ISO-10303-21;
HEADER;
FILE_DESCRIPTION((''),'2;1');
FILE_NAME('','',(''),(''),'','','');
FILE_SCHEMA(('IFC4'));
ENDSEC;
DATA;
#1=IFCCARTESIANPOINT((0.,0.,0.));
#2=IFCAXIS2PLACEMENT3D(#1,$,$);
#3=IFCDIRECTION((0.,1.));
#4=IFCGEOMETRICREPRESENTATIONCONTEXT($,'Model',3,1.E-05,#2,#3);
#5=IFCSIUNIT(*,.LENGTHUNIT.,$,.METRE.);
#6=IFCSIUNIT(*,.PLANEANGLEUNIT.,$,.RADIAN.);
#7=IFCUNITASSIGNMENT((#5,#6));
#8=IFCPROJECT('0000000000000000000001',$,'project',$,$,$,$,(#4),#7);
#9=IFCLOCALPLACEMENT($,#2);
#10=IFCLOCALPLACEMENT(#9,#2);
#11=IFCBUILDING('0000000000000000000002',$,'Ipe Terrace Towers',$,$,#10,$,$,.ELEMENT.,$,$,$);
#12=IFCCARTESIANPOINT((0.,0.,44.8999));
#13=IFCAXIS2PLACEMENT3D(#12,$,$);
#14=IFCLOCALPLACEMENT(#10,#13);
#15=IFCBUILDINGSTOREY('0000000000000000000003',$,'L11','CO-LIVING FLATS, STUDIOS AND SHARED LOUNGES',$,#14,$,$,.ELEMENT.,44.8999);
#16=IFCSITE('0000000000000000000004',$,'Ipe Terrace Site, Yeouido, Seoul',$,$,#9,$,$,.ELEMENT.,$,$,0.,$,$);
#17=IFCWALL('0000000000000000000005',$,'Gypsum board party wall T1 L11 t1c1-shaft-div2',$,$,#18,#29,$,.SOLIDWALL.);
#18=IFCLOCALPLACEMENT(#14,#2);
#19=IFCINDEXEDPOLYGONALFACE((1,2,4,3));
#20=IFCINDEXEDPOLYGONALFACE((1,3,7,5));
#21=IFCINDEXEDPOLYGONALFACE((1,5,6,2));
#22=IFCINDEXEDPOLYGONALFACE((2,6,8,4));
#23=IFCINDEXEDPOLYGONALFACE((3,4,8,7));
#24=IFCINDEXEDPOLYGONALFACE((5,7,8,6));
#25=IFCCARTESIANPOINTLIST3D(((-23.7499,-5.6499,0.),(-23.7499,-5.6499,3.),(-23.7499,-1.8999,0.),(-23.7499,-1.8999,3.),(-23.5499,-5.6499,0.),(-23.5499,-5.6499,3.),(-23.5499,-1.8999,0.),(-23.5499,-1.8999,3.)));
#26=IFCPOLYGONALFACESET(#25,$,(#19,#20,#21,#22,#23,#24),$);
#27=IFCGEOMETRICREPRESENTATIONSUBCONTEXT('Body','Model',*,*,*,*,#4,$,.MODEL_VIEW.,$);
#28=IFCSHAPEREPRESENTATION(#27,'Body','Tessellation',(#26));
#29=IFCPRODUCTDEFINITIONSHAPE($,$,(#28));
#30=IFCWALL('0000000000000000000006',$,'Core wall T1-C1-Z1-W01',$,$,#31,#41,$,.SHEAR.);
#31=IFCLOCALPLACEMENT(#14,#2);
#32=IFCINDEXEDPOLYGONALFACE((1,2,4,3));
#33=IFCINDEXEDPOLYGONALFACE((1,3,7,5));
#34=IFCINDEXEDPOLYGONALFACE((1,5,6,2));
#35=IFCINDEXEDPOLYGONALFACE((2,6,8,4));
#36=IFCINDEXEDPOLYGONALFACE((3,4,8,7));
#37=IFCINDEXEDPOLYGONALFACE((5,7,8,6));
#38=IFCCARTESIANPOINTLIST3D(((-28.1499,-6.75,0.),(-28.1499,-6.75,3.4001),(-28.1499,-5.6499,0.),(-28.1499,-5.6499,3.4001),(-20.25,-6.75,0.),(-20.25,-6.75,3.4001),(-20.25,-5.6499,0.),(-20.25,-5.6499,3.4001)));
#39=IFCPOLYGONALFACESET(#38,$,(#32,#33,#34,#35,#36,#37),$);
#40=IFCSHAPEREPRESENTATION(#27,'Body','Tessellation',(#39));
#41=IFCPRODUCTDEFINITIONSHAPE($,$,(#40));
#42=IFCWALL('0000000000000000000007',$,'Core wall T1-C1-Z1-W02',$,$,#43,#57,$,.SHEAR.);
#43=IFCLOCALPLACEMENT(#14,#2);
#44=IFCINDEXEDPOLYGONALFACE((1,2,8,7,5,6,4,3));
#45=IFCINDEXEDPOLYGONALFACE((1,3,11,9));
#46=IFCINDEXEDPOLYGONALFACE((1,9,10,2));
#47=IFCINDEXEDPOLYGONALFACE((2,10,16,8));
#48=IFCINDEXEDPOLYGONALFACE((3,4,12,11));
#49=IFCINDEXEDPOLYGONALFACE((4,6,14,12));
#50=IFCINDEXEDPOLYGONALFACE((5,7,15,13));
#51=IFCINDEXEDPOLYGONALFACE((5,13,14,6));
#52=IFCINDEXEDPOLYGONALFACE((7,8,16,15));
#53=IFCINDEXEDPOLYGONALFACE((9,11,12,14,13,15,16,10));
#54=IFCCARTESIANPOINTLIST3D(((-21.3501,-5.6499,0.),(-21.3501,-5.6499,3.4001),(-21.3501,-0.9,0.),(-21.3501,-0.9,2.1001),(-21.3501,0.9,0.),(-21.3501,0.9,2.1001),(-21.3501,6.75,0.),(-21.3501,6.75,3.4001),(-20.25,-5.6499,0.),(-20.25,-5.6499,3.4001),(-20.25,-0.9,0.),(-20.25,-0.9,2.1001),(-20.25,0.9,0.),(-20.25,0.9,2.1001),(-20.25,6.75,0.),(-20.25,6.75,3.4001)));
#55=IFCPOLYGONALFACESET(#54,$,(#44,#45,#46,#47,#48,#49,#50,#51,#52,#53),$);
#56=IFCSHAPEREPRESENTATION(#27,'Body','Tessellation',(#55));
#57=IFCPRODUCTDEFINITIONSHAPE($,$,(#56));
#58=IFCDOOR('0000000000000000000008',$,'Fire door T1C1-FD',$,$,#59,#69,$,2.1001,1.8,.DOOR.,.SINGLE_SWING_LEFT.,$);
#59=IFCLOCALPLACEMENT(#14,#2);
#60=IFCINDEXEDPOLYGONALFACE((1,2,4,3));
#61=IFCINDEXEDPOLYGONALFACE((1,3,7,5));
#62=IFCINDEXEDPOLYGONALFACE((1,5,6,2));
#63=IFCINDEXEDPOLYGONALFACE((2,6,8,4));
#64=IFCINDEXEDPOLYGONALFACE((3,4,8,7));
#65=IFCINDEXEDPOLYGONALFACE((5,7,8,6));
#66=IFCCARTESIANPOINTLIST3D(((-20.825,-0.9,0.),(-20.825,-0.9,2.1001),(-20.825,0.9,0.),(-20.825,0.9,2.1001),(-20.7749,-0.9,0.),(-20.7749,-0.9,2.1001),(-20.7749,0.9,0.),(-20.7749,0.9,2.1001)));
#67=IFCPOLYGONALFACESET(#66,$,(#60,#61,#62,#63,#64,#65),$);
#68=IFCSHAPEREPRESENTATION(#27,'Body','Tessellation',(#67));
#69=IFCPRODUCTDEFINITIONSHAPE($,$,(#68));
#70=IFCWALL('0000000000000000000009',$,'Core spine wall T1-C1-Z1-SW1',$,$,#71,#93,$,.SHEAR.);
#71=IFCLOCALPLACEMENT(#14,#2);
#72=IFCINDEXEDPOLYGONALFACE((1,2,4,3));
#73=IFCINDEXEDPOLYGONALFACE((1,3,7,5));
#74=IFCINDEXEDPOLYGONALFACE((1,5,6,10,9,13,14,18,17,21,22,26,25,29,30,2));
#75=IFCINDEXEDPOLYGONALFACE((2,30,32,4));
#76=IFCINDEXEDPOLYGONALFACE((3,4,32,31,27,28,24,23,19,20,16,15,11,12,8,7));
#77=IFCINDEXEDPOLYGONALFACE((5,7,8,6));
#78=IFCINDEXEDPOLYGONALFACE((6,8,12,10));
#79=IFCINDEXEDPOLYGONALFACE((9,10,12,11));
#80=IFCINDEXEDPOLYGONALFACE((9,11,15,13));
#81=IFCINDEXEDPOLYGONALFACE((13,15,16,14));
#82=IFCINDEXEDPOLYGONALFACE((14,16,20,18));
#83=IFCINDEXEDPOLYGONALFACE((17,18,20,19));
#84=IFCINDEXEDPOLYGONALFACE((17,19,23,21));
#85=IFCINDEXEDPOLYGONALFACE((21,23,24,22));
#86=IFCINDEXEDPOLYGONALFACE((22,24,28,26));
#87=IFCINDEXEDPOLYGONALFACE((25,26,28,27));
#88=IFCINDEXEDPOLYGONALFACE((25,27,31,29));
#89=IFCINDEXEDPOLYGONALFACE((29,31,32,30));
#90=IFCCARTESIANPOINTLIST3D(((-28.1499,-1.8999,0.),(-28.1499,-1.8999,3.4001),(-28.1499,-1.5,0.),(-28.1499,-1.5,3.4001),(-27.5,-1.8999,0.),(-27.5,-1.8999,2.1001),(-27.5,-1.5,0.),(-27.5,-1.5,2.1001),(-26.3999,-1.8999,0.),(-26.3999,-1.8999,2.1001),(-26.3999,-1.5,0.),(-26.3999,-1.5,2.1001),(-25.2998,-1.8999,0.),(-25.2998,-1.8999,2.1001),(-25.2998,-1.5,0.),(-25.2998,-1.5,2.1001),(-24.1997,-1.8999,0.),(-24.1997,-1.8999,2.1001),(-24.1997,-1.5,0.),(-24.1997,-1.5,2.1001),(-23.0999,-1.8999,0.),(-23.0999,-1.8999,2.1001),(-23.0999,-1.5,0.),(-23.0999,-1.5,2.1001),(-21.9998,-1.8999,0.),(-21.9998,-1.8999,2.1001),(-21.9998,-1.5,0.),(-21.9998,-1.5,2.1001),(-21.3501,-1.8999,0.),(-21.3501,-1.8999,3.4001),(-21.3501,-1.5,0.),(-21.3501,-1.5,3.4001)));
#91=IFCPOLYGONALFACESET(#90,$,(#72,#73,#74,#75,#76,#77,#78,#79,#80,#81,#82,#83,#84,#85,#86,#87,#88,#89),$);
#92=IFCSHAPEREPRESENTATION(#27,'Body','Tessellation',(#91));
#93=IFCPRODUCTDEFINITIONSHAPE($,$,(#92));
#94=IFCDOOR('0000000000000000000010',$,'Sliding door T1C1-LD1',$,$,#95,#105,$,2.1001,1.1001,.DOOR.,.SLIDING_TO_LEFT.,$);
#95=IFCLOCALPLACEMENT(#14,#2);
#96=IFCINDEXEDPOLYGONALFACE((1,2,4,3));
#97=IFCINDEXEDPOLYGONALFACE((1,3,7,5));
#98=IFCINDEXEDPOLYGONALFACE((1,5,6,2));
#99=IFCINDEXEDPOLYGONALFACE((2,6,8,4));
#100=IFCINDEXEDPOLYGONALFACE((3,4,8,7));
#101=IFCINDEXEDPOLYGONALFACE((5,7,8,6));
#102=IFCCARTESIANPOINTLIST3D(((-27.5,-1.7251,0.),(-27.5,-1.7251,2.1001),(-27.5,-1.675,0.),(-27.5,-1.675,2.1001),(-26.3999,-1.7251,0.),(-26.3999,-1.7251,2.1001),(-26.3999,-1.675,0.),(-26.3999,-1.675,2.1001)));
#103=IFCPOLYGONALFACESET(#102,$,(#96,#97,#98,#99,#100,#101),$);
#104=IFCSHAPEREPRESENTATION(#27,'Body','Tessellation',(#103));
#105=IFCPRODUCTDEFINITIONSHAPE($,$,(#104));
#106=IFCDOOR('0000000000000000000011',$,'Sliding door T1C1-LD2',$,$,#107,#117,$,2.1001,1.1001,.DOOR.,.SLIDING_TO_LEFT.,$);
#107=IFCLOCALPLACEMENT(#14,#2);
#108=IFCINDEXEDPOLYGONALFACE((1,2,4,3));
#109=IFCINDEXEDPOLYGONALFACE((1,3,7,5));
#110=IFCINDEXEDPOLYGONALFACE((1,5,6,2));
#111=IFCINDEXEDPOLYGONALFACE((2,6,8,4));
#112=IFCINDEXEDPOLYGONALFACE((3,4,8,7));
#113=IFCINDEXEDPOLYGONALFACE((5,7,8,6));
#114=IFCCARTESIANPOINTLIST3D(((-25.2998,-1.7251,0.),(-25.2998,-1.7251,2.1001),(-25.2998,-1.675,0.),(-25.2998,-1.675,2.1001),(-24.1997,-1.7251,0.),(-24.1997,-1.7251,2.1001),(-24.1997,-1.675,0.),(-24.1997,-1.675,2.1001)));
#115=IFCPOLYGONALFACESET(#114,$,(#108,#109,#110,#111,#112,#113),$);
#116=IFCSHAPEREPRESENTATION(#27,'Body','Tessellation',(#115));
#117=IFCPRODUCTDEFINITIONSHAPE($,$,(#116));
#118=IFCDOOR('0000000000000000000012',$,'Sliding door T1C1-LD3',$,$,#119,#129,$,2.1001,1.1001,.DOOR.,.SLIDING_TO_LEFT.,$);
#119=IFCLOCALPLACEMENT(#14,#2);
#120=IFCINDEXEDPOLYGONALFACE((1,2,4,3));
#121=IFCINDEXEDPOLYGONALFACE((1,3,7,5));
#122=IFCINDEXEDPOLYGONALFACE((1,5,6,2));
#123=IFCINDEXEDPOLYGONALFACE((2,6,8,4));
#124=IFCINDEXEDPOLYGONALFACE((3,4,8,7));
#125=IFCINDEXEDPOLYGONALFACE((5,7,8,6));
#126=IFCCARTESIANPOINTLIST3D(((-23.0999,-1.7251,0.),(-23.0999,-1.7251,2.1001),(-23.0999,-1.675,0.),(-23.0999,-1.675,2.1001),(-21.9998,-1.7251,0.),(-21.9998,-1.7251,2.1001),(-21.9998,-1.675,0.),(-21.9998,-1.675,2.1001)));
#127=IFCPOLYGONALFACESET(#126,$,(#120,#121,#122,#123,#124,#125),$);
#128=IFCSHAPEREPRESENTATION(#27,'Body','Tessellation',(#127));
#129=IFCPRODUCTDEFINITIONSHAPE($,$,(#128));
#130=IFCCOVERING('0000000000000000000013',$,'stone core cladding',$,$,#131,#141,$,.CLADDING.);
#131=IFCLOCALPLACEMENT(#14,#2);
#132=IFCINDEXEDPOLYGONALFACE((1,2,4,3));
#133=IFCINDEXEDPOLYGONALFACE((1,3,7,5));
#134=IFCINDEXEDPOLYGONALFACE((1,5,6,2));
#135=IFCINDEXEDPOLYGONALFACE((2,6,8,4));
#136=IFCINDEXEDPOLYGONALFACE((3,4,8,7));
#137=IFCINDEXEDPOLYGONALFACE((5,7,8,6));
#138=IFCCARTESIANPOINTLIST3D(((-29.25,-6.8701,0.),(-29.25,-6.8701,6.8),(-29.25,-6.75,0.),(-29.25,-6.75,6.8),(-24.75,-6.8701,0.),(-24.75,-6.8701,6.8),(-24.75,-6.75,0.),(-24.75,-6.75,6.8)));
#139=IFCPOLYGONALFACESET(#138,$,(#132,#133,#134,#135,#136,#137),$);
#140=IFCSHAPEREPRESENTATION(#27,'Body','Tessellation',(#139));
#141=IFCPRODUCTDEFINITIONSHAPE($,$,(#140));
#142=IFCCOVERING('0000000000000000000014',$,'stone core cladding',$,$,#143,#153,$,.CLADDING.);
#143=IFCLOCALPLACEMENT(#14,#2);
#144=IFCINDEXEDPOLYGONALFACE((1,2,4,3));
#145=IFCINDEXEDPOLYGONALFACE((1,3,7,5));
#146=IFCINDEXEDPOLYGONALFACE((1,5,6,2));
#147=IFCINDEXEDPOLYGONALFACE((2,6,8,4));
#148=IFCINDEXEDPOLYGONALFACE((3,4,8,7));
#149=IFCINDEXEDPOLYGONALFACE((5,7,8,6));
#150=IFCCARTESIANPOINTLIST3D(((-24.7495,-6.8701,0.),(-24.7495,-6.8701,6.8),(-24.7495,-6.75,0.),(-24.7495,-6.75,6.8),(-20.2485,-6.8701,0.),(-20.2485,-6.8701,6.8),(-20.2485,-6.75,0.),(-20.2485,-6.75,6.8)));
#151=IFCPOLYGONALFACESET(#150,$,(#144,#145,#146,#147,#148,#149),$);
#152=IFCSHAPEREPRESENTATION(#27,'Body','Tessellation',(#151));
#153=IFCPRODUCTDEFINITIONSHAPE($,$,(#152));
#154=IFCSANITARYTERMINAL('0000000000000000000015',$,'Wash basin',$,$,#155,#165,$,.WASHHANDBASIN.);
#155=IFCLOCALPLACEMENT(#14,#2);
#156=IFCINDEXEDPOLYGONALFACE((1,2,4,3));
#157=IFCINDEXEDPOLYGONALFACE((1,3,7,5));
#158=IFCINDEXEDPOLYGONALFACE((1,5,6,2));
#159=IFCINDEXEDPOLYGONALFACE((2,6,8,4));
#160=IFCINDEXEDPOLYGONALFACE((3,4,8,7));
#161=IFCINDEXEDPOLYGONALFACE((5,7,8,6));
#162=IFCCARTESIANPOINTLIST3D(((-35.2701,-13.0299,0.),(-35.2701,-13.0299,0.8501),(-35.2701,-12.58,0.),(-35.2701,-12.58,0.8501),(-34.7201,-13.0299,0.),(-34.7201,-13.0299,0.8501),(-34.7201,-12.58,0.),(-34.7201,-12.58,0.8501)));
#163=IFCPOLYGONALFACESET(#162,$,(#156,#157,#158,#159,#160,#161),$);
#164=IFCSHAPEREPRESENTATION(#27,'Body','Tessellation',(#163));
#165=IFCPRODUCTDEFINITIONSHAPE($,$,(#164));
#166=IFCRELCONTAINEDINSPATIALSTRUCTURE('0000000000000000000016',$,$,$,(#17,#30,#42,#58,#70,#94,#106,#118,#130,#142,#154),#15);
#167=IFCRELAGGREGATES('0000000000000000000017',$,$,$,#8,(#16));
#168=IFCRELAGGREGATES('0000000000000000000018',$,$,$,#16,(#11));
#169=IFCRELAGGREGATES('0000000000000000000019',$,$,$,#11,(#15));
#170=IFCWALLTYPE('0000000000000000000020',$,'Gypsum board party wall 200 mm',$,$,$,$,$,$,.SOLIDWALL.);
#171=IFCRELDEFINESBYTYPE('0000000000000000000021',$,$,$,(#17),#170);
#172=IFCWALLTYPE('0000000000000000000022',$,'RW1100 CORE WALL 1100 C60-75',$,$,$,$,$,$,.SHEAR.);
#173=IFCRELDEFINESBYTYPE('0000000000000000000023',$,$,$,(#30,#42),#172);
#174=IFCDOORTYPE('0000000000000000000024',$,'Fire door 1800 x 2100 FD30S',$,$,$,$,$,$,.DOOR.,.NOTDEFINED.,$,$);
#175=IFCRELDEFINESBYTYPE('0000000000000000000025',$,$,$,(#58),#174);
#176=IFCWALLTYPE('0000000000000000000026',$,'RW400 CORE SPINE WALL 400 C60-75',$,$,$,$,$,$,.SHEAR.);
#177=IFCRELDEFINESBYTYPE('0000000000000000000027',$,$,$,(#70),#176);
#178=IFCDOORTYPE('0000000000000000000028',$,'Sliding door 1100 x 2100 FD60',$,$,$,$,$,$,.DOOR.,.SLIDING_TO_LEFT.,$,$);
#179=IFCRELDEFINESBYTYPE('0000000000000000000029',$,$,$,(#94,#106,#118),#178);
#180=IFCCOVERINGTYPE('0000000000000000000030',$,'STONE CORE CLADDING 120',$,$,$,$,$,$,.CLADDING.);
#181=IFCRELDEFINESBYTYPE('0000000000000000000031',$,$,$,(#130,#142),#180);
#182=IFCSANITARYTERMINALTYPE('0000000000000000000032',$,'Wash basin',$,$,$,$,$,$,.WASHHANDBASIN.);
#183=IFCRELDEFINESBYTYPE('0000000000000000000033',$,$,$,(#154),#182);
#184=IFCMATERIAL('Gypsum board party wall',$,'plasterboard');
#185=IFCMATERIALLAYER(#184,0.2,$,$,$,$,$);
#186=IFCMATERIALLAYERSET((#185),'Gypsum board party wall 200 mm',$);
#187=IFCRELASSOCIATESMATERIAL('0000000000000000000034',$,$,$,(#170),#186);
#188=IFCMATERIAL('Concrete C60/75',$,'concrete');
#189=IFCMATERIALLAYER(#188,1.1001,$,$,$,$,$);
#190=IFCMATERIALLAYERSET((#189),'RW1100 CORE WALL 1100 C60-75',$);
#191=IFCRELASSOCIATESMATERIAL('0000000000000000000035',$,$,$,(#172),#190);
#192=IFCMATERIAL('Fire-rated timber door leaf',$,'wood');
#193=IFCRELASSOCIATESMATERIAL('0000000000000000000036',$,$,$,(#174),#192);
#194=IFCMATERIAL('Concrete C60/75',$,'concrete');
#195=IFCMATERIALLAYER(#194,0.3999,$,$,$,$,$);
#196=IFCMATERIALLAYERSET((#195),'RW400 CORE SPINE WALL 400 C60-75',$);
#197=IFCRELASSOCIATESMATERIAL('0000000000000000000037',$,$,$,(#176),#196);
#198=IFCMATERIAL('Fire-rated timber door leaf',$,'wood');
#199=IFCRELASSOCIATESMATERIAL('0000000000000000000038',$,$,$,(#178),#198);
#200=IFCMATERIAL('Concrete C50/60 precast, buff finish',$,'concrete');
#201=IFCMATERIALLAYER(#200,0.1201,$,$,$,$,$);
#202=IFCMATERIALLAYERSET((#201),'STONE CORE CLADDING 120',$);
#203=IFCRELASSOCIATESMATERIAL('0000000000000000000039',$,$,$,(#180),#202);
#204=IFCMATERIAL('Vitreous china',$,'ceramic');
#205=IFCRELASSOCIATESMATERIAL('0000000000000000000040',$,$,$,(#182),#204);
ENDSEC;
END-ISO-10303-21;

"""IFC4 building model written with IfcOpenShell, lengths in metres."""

from ifc_helpers import new_model, si_unit, direction, frame, frame_2d, origin, origin_2d, place, context, subcontext, project, spatial, rectangle, extrude, material, layer, layer_set, type_object, element, fill, save


model = new_model("IFC4")

# Units and contexts
model_context = context("Model", 3, precision=1e-05, world=origin(), true_north=direction((0.0, 1.0)))
body_context = subcontext(model_context, "Body", "Model", "MODEL_VIEW")
ifc_project = project(units=[si_unit("LENGTHUNIT", "METRE"), si_unit("PLANEANGLEUNIT", "RADIAN")], contexts=[model_context])

# Site, building, storey
site_placement = place(None, origin())
site = spatial("IfcSite", under=ifc_project, at=site_placement, Name="Ipe Terrace Site, Yeouido, Seoul", CompositionType="ELEMENT", RefElevation=0.0)
building_placement = place(site_placement, origin())
building = spatial("IfcBuilding", under=site, at=building_placement, Name="Ipe Terrace Towers", CompositionType="ELEMENT")
storey_placement = place(building_placement, frame((0.0, 0.0, 44.8999)))
storey = spatial("IfcBuildingStorey", under=building, at=storey_placement, Name="L11", Description="CO-LIVING FLATS, STUDIOS AND SHARED LOUNGES", CompositionType="ELEMENT", Elevation=44.8999)

# Walls
ifc_material_1 = material(Name="Gypsum board party wall", Category="plasterboard")
ifc_layer_1 = layer(ifc_material_1, 0.2)
ifc_layer_set_1 = layer_set([ifc_layer_1], Name="Gypsum board party wall 200 mm")
wall_type_1 = type_object("IfcWallType", Name="Gypsum board party wall 200 mm", PredefinedType="SOLIDWALL", material=ifc_layer_set_1)
for number, where, z_axis, x_axis, name in (
    (1, (-23.6499, -5.6499, 0.0), (0.0, 0.0, 1.0), (0.0, 1.0, 0.0), "Gypsum board party wall T1 L11 t1c1-shaft-div2"),
):
    element("IfcWall", number, at=place(storey_placement, frame(where, z_axis=z_axis, x_axis=x_axis)), inside=storey, type_object=wall_type_1, Name=name, PredefinedType="SOLIDWALL", context=body_context, shape_type="SweptSolid", body=[
        extrude(rectangle(XDim=3.75, YDim=0.2, at=frame_2d((1.875, 0.0))), origin(), (0.0, 0.0, 1.0), 3.0),
    ])
ifc_material_2 = material(Name="Concrete C60/75", Category="concrete")
ifc_layer_2 = layer(ifc_material_2, 1.1001)
ifc_layer_set_2 = layer_set([ifc_layer_2], Name="RW1100 CORE WALL 1100 C60-75")
wall_type_2 = type_object("IfcWallType", Name="RW1100 CORE WALL 1100 C60-75", PredefinedType="SHEAR", material=ifc_layer_set_2)
wall_1_placement = place(storey_placement, frame((-28.1499, -6.2, 0.0), z_axis=(0.0, 0.0, 1.0), x_axis=(1.0, 0.0, 0.0)))
element("IfcWall", 2, at=wall_1_placement, inside=storey, type_object=wall_type_2, Name="Core wall T1-C1-Z1-W01", PredefinedType="SHEAR", context=body_context, shape_type="SweptSolid", body=[
    extrude(rectangle(XDim=7.8999, YDim=1.1001, at=frame_2d((3.95, 0.0))), origin(), (0.0, 0.0, 1.0), 3.4001),
])

# Wall, opening, door
wall_2_placement = place(storey_placement, frame((-20.8, -5.6499, 0.0), z_axis=(0.0, 0.0, 1.0), x_axis=(0.0, 1.0, 0.0)))
wall_2 = element("IfcWall", 3, at=wall_2_placement, inside=storey, type_object=wall_type_2, Name="Core wall T1-C1-Z1-W02", PredefinedType="SHEAR", context=body_context, shape_type="SweptSolid", body=[
    extrude(rectangle(XDim=12.3999, YDim=1.1001, at=frame_2d((6.2, 0.0))), origin(), (0.0, 0.0, 1.0), 3.4001),
])
opening_1_placement = place(wall_2_placement, frame((4.75, 0.0, 0.0)))
opening_1 = element("IfcOpeningElement", 4, at=opening_1_placement, cuts=wall_2, PredefinedType="OPENING", context=body_context, shape_type="SweptSolid", body=[
    extrude(rectangle(XDim=1.8, YDim=2.1001, at=frame_2d((0.8999, 1.05))), frame((0.0, 0.5601, 0.0), z_axis=(0.0, -1.0, 0.0), x_axis=(1.0, 0.0, 0.0)), (0.0, 0.0, 1.0), 1.1201),
])
ifc_material_3 = material(Name="Fire-rated timber door leaf", Category="wood")
door_type_1 = type_object("IfcDoorType", Name="Fire door 1800 x 2100 FD30S", OperationType="NOTDEFINED", PredefinedType="DOOR", material=ifc_material_3)
door_1_placement = place(opening_1_placement, origin())
door_1 = element("IfcDoor", 5, at=door_1_placement, inside=storey, type_object=door_type_1, Name="Fire door T1C1-FD", OperationType="SINGLE_SWING_LEFT", OverallHeight=2.1001, OverallWidth=1.8, PredefinedType="DOOR", context=body_context, shape_type="SweptSolid", body=[
    extrude(rectangle(XDim=1.8, YDim=2.1001, at=frame_2d((0.8999, 1.05))), frame((0.0, 0.0249, 0.0), z_axis=(0.0, -1.0, 0.0), x_axis=(1.0, 0.0, 0.0)), (0.0, 0.0, 1.0), 0.05),
])
fill(opening_1, door_1)

# Wall, openings, doors
ifc_material_4 = material(Name="Concrete C60/75", Category="concrete")
ifc_layer_3 = layer(ifc_material_4, 0.3999)
ifc_layer_set_3 = layer_set([ifc_layer_3], Name="RW400 CORE SPINE WALL 400 C60-75")
wall_type_3 = type_object("IfcWallType", Name="RW400 CORE SPINE WALL 400 C60-75", PredefinedType="SHEAR", material=ifc_layer_set_3)
wall_3_placement = place(storey_placement, frame((-28.1499, -1.7, 0.0), z_axis=(0.0, 0.0, 1.0), x_axis=(1.0, 0.0, 0.0)))
wall_3 = element("IfcWall", 6, at=wall_3_placement, inside=storey, type_object=wall_type_3, Name="Core spine wall T1-C1-Z1-SW1", PredefinedType="SHEAR", context=body_context, shape_type="SweptSolid", body=[
    extrude(rectangle(XDim=6.7998, YDim=0.3999, at=frame_2d((3.3999, 0.0))), origin(), (0.0, 0.0, 1.0), 3.4001),
])
opening_2_placement = place(wall_3_placement, frame((0.6499, 0.0, 0.0)))
opening_2 = element("IfcOpeningElement", 7, at=opening_2_placement, cuts=wall_3, PredefinedType="OPENING", context=body_context, shape_type="SweptSolid", body=[
    extrude(rectangle(XDim=1.1001, YDim=2.1001, at=frame_2d((0.55, 1.05))), frame((0.0, 0.21, 0.0), z_axis=(0.0, -1.0, 0.0), x_axis=(1.0, 0.0, 0.0)), (0.0, 0.0, 1.0), 0.4199),
])
opening_3_placement = place(wall_3_placement, frame((2.8501, 0.0, 0.0)))
opening_3 = element("IfcOpeningElement", 8, at=opening_3_placement, cuts=wall_3, PredefinedType="OPENING", context=body_context, shape_type="SweptSolid", body=[
    extrude(rectangle(XDim=1.1001, YDim=2.1001, at=frame_2d((0.55, 1.05))), frame((0.0, 0.21, 0.0), z_axis=(0.0, -1.0, 0.0), x_axis=(1.0, 0.0, 0.0)), (0.0, 0.0, 1.0), 0.4199),
])
opening_4_placement = place(wall_3_placement, frame((5.05, 0.0, 0.0)))
opening_4 = element("IfcOpeningElement", 9, at=opening_4_placement, cuts=wall_3, PredefinedType="OPENING", context=body_context, shape_type="SweptSolid", body=[
    extrude(rectangle(XDim=1.1001, YDim=2.1001, at=frame_2d((0.55, 1.05))), frame((0.0, 0.21, 0.0), z_axis=(0.0, -1.0, 0.0), x_axis=(1.0, 0.0, 0.0)), (0.0, 0.0, 1.0), 0.4199),
])
ifc_material_5 = material(Name="Fire-rated timber door leaf", Category="wood")
door_type_2 = type_object("IfcDoorType", Name="Sliding door 1100 x 2100 FD60", OperationType="SLIDING_TO_LEFT", PredefinedType="DOOR", material=ifc_material_5)
door_2_placement = place(opening_2_placement, origin())
door_2 = element("IfcDoor", 10, at=door_2_placement, inside=storey, type_object=door_type_2, Name="Sliding door T1C1-LD1", OperationType="SLIDING_TO_LEFT", OverallHeight=2.1001, OverallWidth=1.1001, PredefinedType="DOOR", context=body_context, shape_type="SweptSolid", body=[
    extrude(rectangle(XDim=1.1001, YDim=2.1001, at=frame_2d((0.55, 1.05))), frame((0.0, 0.0249, 0.0), z_axis=(0.0, -1.0, 0.0), x_axis=(1.0, 0.0, 0.0)), (0.0, 0.0, 1.0), 0.05),
])
fill(opening_2, door_2)
door_3_placement = place(opening_3_placement, origin())
door_3 = element("IfcDoor", 11, at=door_3_placement, inside=storey, type_object=door_type_2, Name="Sliding door T1C1-LD2", OperationType="SLIDING_TO_LEFT", OverallHeight=2.1001, OverallWidth=1.1001, PredefinedType="DOOR", context=body_context, shape_type="SweptSolid", body=[
    extrude(rectangle(XDim=1.1001, YDim=2.1001, at=frame_2d((0.55, 1.05))), frame((0.0, 0.0249, 0.0), z_axis=(0.0, -1.0, 0.0), x_axis=(1.0, 0.0, 0.0)), (0.0, 0.0, 1.0), 0.05),
])
fill(opening_3, door_3)
door_4_placement = place(opening_4_placement, origin())
door_4 = element("IfcDoor", 12, at=door_4_placement, inside=storey, type_object=door_type_2, Name="Sliding door T1C1-LD3", OperationType="SLIDING_TO_LEFT", OverallHeight=2.1001, OverallWidth=1.1001, PredefinedType="DOOR", context=body_context, shape_type="SweptSolid", body=[
    extrude(rectangle(XDim=1.1001, YDim=2.1001, at=frame_2d((0.55, 1.05))), frame((0.0, 0.0249, 0.0), z_axis=(0.0, -1.0, 0.0), x_axis=(1.0, 0.0, 0.0)), (0.0, 0.0, 1.0), 0.05),
])
fill(opening_4, door_4)

# Coverings
ifc_material_6 = material(Name="Concrete C50/60 precast, buff finish", Category="concrete")
ifc_layer_4 = layer(ifc_material_6, 0.1201)
ifc_layer_set_4 = layer_set([ifc_layer_4], Name="STONE CORE CLADDING 120")
covering_type = type_object("IfcCoveringType", Name="STONE CORE CLADDING 120", PredefinedType="CLADDING", material=ifc_layer_set_4)
covering_1_placement = place(storey_placement, frame((-27.0, -6.8101, 0.0), z_axis=(0.0, 0.0, 1.0), x_axis=(1.0, 0.0, 0.0)))
element("IfcCovering", 13, at=covering_1_placement, inside=storey, type_object=covering_type, Name="stone core cladding", PredefinedType="CLADDING", context=body_context, shape_type="SweptSolid", body=[
    extrude(rectangle(XDim=4.5, YDim=0.1201, at=origin_2d()), origin(), (0.0, 0.0, 1.0), 6.8),
])
covering_2_placement = place(storey_placement, frame((-22.499, -6.8101, 0.0), z_axis=(0.0, 0.0, 1.0), x_axis=(1.0, 0.0, 0.0)))
element("IfcCovering", 14, at=covering_2_placement, inside=storey, type_object=covering_type, Name="stone core cladding", PredefinedType="CLADDING", context=body_context, shape_type="SweptSolid", body=[
    extrude(rectangle(XDim=4.501, YDim=0.1201, at=origin_2d()), origin(), (0.0, 0.0, 1.0), 6.8),
])

# Sanitary terminal
ifc_material_7 = material(Name="Vitreous china", Category="ceramic")
sanitary_terminal_type_1 = type_object("IfcSanitaryTerminalType", Name="Wash basin", PredefinedType="WASHHANDBASIN", material=ifc_material_7)
sanitary_terminal_1_placement = place(storey_placement, frame((-34.9951, -12.8049, 0.0), z_axis=(0.0, 0.0, 1.0), x_axis=(-1.0, 0.0, 0.0)))
element("IfcSanitaryTerminal", 15, at=sanitary_terminal_1_placement, inside=storey, type_object=sanitary_terminal_type_1, Name="Wash basin", PredefinedType="WASHHANDBASIN", context=body_context, shape_type="SweptSolid", body=[
    extrude(rectangle(XDim=0.55, YDim=0.45, at=origin_2d()), origin(), (0.0, 0.0, 1.0), 0.8501),
])

save(model, "model.ifc")
